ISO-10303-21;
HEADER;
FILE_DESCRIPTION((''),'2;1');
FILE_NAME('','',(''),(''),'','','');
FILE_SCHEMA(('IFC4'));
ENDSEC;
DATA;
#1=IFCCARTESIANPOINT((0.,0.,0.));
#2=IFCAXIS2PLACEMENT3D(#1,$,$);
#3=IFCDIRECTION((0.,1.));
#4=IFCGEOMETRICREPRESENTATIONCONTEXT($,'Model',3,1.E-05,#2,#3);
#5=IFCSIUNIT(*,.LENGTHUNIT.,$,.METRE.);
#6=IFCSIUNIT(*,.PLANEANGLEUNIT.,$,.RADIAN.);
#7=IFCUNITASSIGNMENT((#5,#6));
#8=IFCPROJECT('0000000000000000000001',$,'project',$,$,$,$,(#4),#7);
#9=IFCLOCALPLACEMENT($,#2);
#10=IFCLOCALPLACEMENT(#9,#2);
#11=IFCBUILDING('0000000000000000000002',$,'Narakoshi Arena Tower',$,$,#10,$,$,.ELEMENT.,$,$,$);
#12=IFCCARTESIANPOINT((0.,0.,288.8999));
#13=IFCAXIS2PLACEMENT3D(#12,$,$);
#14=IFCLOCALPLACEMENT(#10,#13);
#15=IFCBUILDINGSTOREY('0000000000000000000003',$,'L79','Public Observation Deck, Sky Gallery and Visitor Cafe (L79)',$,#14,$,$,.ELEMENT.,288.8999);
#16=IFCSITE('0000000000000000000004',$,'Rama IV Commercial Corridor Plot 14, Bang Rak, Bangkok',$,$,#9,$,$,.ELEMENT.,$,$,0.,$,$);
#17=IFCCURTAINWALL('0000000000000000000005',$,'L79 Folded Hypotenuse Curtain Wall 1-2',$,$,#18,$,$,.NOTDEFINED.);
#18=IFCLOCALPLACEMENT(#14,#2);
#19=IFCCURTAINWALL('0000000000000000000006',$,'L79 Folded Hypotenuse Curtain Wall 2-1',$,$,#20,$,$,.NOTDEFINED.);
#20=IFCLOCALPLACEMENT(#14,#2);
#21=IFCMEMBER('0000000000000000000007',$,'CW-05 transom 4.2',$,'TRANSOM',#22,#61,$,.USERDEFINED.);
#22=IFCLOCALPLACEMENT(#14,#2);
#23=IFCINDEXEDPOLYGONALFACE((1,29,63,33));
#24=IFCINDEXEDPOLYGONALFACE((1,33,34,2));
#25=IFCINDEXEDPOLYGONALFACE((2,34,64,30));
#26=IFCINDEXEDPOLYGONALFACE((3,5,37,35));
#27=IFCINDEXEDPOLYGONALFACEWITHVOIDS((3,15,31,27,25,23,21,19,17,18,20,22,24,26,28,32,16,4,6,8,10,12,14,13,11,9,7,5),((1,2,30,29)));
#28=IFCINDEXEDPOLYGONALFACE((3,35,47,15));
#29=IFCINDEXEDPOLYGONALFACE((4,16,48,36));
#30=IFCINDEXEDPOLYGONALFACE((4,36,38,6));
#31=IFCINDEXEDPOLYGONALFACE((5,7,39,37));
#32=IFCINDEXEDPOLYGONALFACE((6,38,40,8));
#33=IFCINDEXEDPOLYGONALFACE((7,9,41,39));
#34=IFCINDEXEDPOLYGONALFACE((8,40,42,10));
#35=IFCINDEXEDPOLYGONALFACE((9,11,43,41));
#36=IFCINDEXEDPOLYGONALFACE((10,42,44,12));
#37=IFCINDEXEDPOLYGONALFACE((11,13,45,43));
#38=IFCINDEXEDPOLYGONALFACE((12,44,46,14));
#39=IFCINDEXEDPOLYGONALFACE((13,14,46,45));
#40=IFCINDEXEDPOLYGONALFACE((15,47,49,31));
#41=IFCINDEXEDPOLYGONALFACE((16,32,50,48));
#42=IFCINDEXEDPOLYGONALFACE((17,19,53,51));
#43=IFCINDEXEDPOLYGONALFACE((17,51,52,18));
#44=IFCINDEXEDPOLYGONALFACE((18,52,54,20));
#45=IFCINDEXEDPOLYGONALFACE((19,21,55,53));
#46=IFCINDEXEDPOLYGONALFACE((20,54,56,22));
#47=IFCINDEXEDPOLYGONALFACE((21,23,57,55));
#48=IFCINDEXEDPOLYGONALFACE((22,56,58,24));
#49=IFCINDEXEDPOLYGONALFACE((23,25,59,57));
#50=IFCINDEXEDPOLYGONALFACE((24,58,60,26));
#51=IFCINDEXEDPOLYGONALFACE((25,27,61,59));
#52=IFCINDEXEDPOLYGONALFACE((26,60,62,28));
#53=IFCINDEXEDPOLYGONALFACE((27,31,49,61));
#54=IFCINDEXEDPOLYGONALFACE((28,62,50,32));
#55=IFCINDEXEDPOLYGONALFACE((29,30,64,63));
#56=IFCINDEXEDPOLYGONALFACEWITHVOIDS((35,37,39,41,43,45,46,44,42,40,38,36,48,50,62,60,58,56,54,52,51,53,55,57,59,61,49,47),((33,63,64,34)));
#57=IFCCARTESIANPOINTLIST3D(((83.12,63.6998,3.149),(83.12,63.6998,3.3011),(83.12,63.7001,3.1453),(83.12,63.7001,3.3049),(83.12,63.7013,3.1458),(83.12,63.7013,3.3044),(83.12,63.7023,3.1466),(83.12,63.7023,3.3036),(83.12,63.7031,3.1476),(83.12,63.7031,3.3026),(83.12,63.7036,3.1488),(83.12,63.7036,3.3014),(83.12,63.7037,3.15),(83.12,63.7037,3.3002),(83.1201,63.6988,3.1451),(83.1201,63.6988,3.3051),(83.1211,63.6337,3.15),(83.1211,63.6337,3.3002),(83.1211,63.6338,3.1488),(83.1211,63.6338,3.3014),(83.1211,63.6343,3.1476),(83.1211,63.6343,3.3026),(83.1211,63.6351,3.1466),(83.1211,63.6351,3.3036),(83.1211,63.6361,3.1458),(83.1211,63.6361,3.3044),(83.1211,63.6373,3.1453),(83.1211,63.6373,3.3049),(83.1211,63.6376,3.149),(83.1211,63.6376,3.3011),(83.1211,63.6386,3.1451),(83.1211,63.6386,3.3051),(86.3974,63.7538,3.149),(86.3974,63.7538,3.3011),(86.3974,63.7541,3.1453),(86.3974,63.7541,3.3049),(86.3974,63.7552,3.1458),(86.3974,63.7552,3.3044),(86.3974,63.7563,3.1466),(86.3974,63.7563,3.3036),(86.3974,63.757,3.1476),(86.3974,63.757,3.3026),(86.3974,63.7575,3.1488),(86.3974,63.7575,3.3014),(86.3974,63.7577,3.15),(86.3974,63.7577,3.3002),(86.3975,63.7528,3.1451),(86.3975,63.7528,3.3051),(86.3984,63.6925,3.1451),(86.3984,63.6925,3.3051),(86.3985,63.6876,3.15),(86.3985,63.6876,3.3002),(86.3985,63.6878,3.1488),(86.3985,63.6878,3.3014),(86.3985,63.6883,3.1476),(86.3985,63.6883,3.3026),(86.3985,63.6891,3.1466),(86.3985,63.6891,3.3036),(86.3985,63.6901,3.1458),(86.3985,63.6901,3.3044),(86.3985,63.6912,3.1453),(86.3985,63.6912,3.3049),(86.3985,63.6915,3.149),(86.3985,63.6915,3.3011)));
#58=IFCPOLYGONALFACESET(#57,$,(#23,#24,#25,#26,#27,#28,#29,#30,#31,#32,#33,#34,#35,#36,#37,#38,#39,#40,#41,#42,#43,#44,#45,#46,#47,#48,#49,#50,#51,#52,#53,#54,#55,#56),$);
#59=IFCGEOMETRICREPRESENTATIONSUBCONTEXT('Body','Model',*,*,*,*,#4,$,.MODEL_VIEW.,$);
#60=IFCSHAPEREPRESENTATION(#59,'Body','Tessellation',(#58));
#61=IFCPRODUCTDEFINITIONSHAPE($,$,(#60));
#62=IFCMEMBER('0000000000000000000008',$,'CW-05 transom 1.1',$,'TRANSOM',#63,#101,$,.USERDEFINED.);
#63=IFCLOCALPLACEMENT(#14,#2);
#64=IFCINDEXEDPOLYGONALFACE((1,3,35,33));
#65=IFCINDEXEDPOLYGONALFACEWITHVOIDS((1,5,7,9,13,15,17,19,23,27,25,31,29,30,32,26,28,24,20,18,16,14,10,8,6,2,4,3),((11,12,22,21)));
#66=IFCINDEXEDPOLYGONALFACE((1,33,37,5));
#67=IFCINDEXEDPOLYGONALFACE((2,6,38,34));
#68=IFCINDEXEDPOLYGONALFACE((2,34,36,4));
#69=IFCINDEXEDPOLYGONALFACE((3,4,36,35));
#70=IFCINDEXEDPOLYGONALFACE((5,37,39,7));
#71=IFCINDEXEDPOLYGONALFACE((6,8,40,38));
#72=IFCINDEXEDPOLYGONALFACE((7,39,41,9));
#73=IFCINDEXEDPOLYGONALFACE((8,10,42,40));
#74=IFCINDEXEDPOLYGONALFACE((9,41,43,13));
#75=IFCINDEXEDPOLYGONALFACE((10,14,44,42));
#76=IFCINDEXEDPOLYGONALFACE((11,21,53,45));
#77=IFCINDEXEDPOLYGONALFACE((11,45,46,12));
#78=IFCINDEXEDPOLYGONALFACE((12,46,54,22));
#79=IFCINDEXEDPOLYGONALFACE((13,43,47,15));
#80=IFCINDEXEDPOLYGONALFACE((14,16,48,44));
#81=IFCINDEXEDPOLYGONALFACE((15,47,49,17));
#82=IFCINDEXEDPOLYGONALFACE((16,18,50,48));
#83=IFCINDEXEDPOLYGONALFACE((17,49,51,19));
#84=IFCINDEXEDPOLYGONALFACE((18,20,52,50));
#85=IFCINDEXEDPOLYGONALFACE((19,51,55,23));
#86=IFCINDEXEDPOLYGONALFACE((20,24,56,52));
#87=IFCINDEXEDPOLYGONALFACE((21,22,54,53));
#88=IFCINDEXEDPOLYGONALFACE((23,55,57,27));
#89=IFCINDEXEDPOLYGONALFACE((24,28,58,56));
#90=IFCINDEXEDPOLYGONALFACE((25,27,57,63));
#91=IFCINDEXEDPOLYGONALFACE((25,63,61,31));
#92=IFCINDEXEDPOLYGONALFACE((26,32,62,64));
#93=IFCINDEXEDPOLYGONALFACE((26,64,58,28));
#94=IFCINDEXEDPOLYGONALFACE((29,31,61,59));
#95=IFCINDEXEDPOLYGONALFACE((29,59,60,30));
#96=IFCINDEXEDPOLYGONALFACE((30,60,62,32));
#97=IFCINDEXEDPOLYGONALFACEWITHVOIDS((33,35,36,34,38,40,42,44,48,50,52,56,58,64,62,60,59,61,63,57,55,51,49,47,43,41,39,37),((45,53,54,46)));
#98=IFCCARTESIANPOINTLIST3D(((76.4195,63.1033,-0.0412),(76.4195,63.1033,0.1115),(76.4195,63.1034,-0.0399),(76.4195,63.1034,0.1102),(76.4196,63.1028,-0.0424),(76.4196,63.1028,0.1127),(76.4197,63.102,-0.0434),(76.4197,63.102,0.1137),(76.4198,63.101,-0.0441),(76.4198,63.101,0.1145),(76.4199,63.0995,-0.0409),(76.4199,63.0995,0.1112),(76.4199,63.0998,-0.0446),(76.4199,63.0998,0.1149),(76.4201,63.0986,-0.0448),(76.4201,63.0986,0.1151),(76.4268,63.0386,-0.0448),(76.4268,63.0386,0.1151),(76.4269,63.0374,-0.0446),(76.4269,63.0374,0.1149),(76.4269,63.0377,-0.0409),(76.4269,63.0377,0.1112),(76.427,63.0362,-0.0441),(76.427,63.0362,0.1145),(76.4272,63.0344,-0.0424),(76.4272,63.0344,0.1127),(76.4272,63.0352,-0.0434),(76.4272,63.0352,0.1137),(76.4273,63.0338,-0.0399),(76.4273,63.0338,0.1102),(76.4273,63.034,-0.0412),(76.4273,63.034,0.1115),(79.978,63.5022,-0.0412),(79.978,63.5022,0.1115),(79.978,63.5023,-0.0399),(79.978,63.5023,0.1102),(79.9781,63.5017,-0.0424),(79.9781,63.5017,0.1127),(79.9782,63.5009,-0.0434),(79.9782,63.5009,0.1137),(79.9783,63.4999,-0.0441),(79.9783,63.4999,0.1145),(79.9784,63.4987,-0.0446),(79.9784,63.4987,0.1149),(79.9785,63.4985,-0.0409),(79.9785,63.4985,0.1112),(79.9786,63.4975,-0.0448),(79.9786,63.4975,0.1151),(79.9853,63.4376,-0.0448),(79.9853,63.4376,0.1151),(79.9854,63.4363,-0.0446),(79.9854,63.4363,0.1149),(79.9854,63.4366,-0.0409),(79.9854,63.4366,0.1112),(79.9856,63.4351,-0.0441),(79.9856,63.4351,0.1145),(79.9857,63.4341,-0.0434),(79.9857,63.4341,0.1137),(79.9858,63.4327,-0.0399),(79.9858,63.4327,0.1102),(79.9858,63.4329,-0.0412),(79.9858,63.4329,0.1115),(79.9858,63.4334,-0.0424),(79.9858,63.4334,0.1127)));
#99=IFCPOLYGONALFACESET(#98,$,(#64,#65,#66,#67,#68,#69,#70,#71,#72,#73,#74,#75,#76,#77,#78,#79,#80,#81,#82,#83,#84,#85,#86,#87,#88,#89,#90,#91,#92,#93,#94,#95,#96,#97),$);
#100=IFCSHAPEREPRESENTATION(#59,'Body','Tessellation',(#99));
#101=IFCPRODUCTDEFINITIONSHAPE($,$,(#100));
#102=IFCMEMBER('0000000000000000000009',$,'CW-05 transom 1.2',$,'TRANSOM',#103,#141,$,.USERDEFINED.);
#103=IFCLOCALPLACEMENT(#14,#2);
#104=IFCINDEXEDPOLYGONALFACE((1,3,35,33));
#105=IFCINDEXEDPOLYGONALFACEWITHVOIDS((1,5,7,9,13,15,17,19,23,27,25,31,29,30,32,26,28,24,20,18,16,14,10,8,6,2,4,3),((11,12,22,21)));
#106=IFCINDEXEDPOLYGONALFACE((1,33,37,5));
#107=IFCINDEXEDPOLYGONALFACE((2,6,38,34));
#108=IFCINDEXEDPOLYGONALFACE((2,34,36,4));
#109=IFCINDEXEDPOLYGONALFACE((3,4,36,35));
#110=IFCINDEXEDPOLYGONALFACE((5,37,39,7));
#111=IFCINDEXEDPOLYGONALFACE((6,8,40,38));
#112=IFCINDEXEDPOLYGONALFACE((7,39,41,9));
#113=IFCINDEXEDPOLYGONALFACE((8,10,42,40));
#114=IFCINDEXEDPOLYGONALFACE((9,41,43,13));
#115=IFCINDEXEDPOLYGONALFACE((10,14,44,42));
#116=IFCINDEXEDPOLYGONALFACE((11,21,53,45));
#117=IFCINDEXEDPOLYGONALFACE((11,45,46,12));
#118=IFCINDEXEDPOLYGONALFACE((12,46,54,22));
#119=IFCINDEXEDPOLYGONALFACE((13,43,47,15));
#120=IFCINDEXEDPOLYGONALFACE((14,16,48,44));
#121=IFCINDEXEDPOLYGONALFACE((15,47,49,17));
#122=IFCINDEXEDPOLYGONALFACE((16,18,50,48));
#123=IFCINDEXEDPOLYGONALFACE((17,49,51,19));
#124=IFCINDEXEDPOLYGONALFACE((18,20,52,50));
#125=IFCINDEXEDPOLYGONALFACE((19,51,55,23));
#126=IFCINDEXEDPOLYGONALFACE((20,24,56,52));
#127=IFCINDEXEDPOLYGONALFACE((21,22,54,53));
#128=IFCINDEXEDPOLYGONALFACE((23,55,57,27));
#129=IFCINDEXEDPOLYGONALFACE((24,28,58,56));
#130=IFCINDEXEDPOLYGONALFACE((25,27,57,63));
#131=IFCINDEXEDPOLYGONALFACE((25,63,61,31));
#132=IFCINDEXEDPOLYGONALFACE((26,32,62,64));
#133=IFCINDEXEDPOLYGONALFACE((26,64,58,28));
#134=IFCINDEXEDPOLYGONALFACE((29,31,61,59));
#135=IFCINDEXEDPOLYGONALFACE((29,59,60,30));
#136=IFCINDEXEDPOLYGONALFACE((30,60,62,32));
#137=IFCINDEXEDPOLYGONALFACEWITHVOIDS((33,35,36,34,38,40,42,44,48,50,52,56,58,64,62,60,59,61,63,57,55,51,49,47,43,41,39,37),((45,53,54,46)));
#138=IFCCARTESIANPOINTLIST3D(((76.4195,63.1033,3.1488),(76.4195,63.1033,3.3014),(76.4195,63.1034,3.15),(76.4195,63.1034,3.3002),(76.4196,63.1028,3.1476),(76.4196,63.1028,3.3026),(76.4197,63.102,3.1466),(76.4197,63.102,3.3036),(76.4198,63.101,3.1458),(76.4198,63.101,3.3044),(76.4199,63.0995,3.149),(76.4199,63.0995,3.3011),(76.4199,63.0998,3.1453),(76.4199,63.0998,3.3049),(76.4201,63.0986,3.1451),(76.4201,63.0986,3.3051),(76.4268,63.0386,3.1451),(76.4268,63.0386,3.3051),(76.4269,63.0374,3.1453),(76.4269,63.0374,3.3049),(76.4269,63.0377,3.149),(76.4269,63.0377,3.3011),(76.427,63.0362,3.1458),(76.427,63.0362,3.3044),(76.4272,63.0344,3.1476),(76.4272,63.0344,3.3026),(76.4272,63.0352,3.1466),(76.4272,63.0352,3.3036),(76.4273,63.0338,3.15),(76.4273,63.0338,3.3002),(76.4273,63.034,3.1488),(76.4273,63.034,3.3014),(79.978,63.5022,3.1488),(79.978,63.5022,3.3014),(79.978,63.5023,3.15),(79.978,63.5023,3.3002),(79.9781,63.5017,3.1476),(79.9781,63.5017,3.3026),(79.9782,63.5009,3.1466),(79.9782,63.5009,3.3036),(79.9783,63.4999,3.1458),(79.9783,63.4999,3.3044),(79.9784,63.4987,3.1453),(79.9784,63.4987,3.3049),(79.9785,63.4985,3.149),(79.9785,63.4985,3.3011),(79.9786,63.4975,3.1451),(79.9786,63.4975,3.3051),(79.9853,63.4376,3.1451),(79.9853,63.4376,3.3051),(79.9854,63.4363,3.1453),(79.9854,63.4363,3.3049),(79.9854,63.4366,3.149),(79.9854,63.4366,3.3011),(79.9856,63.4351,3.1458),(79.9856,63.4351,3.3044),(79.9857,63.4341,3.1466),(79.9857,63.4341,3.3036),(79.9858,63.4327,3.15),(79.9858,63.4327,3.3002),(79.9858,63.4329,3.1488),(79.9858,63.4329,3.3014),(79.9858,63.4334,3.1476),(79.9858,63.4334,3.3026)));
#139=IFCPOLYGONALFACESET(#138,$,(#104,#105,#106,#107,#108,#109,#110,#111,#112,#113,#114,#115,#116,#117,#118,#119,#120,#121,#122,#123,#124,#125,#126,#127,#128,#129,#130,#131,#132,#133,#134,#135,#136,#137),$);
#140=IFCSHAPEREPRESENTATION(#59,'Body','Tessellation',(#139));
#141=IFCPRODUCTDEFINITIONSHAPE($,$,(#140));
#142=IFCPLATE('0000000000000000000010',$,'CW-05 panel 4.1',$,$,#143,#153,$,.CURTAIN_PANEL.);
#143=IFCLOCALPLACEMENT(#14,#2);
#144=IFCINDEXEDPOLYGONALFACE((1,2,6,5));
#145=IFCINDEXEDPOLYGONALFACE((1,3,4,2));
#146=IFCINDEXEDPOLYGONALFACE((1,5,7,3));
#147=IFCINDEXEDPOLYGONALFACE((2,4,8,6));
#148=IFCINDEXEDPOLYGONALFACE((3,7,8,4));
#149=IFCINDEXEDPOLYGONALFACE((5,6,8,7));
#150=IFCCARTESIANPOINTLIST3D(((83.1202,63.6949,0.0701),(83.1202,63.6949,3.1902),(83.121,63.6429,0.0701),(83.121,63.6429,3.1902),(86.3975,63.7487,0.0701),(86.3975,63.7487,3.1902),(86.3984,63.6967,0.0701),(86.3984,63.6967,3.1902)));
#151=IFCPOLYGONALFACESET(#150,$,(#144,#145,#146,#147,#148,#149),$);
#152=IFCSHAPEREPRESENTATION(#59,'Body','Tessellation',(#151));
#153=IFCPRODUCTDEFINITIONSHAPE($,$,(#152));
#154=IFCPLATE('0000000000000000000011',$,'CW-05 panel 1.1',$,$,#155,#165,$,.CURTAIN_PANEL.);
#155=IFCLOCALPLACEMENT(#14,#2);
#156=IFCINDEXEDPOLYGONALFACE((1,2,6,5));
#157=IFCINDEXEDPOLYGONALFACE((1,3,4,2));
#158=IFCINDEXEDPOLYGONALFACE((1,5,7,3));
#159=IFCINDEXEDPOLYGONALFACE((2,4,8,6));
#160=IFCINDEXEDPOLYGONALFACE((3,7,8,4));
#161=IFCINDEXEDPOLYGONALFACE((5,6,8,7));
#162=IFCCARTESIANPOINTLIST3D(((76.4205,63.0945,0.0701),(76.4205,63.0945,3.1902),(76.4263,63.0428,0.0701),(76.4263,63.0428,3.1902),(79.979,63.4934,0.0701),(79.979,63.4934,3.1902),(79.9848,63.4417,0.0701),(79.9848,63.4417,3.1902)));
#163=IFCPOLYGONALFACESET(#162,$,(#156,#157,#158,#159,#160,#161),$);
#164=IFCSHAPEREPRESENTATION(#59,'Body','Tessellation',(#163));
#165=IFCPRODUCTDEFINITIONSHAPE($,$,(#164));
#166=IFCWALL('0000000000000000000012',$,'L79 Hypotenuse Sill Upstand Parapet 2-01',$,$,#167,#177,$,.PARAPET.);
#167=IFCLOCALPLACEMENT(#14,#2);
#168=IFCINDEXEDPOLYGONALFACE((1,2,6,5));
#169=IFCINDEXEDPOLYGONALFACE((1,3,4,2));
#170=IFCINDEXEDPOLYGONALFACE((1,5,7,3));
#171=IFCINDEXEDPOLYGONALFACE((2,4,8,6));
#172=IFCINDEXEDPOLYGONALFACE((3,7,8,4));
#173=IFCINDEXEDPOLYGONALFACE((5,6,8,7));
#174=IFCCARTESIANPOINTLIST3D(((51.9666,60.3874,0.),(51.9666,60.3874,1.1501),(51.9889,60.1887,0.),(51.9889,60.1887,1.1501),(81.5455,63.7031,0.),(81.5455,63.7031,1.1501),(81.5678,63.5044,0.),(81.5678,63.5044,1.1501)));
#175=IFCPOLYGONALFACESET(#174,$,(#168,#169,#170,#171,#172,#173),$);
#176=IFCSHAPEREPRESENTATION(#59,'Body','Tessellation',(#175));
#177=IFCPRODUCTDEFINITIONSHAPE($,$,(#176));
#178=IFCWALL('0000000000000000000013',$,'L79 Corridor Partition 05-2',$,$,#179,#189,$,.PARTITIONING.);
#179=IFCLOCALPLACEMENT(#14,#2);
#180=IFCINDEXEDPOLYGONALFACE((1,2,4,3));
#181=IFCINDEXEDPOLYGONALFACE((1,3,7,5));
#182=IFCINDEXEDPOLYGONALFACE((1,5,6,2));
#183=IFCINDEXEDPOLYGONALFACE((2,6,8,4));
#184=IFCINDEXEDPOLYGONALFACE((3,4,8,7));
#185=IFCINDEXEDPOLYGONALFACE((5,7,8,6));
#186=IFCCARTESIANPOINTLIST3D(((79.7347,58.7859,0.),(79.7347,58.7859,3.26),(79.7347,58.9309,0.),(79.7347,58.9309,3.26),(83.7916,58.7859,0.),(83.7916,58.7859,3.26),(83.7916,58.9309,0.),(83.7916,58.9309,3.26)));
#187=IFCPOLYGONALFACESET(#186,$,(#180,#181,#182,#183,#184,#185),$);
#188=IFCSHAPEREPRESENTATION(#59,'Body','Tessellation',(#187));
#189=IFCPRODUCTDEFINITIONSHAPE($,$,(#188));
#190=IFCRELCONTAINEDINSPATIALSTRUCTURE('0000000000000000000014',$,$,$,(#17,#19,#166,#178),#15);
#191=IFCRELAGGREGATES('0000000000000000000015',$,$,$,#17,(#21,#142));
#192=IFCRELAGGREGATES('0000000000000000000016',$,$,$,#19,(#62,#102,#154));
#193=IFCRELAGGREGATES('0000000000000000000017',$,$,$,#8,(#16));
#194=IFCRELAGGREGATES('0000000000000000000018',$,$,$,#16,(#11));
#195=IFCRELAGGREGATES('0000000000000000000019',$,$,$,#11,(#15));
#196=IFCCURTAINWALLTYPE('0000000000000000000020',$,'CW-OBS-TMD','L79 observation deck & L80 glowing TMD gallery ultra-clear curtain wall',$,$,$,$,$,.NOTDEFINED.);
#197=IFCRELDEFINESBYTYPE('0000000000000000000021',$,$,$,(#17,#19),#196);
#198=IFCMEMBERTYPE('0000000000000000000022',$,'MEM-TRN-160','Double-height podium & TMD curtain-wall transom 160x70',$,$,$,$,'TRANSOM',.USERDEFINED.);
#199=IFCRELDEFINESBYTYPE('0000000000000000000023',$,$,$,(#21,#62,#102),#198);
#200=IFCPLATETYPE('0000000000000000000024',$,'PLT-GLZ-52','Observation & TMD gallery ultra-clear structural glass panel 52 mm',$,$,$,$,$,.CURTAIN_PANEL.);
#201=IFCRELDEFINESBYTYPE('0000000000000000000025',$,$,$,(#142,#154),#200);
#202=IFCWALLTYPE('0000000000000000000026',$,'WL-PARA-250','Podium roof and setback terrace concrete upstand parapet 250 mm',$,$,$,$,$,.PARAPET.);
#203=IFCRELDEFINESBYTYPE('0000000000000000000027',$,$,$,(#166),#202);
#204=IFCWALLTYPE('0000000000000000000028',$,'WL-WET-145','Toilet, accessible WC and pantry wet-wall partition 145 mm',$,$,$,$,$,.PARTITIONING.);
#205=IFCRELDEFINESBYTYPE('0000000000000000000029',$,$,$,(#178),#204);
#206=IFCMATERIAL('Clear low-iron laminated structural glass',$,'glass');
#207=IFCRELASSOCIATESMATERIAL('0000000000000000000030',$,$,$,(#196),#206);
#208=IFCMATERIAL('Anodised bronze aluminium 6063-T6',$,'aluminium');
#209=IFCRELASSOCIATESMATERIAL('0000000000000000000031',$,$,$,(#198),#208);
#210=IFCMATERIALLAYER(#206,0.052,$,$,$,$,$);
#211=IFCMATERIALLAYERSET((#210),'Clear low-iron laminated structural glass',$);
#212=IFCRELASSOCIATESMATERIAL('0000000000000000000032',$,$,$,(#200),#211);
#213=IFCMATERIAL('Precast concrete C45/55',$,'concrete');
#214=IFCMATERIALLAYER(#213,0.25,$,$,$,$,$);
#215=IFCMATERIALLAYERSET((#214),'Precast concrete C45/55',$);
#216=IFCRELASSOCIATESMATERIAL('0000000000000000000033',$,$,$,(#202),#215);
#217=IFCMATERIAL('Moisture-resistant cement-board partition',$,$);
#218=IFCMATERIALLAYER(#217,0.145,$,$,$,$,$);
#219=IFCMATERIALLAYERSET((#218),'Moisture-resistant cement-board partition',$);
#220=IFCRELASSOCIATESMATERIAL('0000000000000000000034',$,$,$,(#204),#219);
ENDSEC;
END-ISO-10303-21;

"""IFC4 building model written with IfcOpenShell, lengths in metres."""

from ifc_helpers import new_model, si_unit, direction, frame, frame_2d, origin, origin_2d, place, context, subcontext, project, spatial, rectangle, hollow_rectangle, extrude, material, layer, layer_set, material_profile, profile_set, type_object, element, aggregate, save


model = new_model("IFC4")

# Units and contexts
model_context = context("Model", 3, precision=1e-05, world=origin(), true_north=direction((0.0, 1.0)))
body_context = subcontext(model_context, "Body", "Model", "MODEL_VIEW")
ifc_project = project(units=[si_unit("LENGTHUNIT", "METRE"), si_unit("PLANEANGLEUNIT", "RADIAN")], contexts=[model_context])

# Site, building, storey
site_placement = place(None, origin())
site = spatial("IfcSite", under=ifc_project, at=site_placement, Name="Rama IV Commercial Corridor Plot 14, Bang Rak, Bangkok", CompositionType="ELEMENT", RefElevation=0.0)
building_placement = place(site_placement, origin())
building = spatial("IfcBuilding", under=site, at=building_placement, Name="Narakoshi Arena Tower", CompositionType="ELEMENT")
storey_placement = place(building_placement, frame((0.0, 0.0, 288.8999)))
storey = spatial("IfcBuildingStorey", under=building, at=storey_placement, Name="L79", Description="Public Observation Deck, Sky Gallery and Visitor Cafe (L79)", CompositionType="ELEMENT", Elevation=288.8999)

# Curtain wall
ifc_material_1 = material(Name="Clear low-iron laminated structural glass", Category="glass")
curtain_wall_type = type_object("IfcCurtainWallType", Name="CW-OBS-TMD", Description="L79 observation deck & L80 glowing TMD gallery ultra-clear curtain wall", PredefinedType="NOTDEFINED", material=ifc_material_1)
curtain_wall_1_placement = place(storey_placement, origin())
curtain_wall_1 = element("IfcCurtainWall", 1, at=curtain_wall_1_placement, inside=storey, type_object=curtain_wall_type, Name="L79 Folded Hypotenuse Curtain Wall 1-2", PredefinedType="NOTDEFINED")
ifc_material_2 = material(Name="Anodised bronze aluminium 6063-T6", Category="aluminium")

# Curtain wall
curtain_wall_2_placement = place(storey_placement, origin())
curtain_wall_2 = element("IfcCurtainWall", 2, at=curtain_wall_2_placement, inside=storey, type_object=curtain_wall_type, Name="L79 Folded Hypotenuse Curtain Wall 2-1", PredefinedType="NOTDEFINED")

# Members
ifc_material_profile_1 = material_profile(ifc_material_2, hollow_rectangle(XDim=0.0701, YDim=0.1599, WallThickness=0.0039, OuterFilletRadius=0.0049, at=origin_2d()), Name="TRN160x70x4")
ifc_profile_set_1 = profile_set([ifc_material_profile_1], Name="Anodised bronze aluminium 6063-T6")
member_type_1 = type_object("IfcMemberType", Name="MEM-TRN-160", Description="Double-height podium & TMD curtain-wall transom 160x70", ElementType="TRANSOM", PredefinedType="USERDEFINED", material=ifc_profile_set_1)
member_1_placement = place(storey_placement, frame((86.3979, 63.7227, 3.2251), z_axis=(-0.999865, -0.016461, 0.0), x_axis=(0.016461, -0.999865, 0.0)))
member_1 = element("IfcMember", 3, at=member_1_placement, type_object=member_type_1, Name="CW-05 transom 4.2", ObjectType="TRANSOM", PredefinedType="USERDEFINED", context=body_context, shape_type="SweptSolid", body=[
    extrude(hollow_rectangle(XDim=0.0701, YDim=0.1599, WallThickness=0.0039, OuterFilletRadius=0.0049, at=origin_2d()), origin(), (0.0, 0.0, 1.0), 3.2778),
])
member_2_placement = place(storey_placement, frame((79.9819, 63.4675, 0.0352), z_axis=(-0.993775, -0.111404, 0.0), x_axis=(0.111404, -0.993775, 0.0)))
member_2 = element("IfcMember", 4, at=member_2_placement, type_object=member_type_1, Name="CW-05 transom 1.1", ObjectType="TRANSOM", PredefinedType="USERDEFINED", context=body_context, shape_type="SweptSolid", body=[
    extrude(hollow_rectangle(XDim=0.0701, YDim=0.1599, WallThickness=0.0039, OuterFilletRadius=0.0049, at=origin_2d()), origin(), (0.0, 0.0, 1.0), 3.5808),
])
member_3_placement = place(storey_placement, frame((79.9819, 63.4675, 3.2251), z_axis=(-0.993775, -0.111404, 0.0), x_axis=(0.111404, -0.993775, 0.0)))
member_3 = element("IfcMember", 5, at=member_3_placement, type_object=member_type_1, Name="CW-05 transom 1.2", ObjectType="TRANSOM", PredefinedType="USERDEFINED", context=body_context, shape_type="SweptSolid", body=[
    extrude(hollow_rectangle(XDim=0.0701, YDim=0.1599, WallThickness=0.0039, OuterFilletRadius=0.0049, at=origin_2d()), origin(), (0.0, 0.0, 1.0), 3.5808),
])

# Plates
ifc_layer_1 = layer(ifc_material_1, 0.052)
ifc_layer_set_1 = layer_set([ifc_layer_1], Name="Clear low-iron laminated structural glass")
plate_type = type_object("IfcPlateType", Name="PLT-GLZ-52", Description="Observation & TMD gallery ultra-clear structural glass panel 52 mm", PredefinedType="CURTAIN_PANEL", material=ifc_layer_set_1)
plate_1_placement = place(storey_placement, frame((84.7593, 63.6958, 0.0701), z_axis=(0.0, 0.0, 1.0), x_axis=(-0.999865, -0.016437, 0.0)))
plate_1 = element("IfcPlate", 6, at=plate_1_placement, type_object=plate_type, Name="CW-05 panel 4.1", PredefinedType="CURTAIN_PANEL", context=body_context, shape_type="SweptSolid", body=[
    extrude(rectangle(XDim=3.2778, YDim=0.052, at=origin_2d()), origin(), (0.0, 0.0, 1.0), 3.1201),
])
aggregate(curtain_wall_1, [member_1, plate_1])
plate_2_placement = place(storey_placement, frame((78.2026, 63.2681, 0.0701), z_axis=(0.0, 0.0, 1.0), x_axis=(-0.993776, -0.111397, 0.0)))
plate_2 = element("IfcPlate", 7, at=plate_2_placement, type_object=plate_type, Name="CW-05 panel 1.1", PredefinedType="CURTAIN_PANEL", context=body_context, shape_type="SweptSolid", body=[
    extrude(rectangle(XDim=3.5808, YDim=0.052, at=origin_2d()), origin(), (0.0, 0.0, 1.0), 3.1201),
])
aggregate(curtain_wall_2, [member_2, member_3, plate_2])

# Walls
ifc_material_3 = material(Name="Precast concrete C45/55", Category="concrete")
ifc_layer_2 = layer(ifc_material_3, 0.25)
ifc_layer_set_2 = layer_set([ifc_layer_2], Name="Precast concrete C45/55")
wall_type_1 = type_object("IfcWallType", Name="WL-PARA-250", Description="Podium roof and setback terrace concrete upstand parapet 250 mm", PredefinedType="PARAPET", material=ifc_layer_set_2)
wall_1_placement = place(storey_placement, frame((81.5566, 63.6038, 0.0), z_axis=(0.0, 0.0, 1.0), x_axis=(-0.993776, -0.111398, 0.0)))
element("IfcWall", 8, at=wall_1_placement, inside=storey, type_object=wall_type_1, Name="L79 Hypotenuse Sill Upstand Parapet 2-01", PredefinedType="PARAPET", context=body_context, shape_type="SweptSolid", body=[
    extrude(rectangle(XDim=29.7642, YDim=0.2, at=frame_2d((14.8821, 0.0))), origin(), (0.0, 0.0, 1.0), 1.1501),
])
ifc_material_4 = material(Name="Moisture-resistant cement-board partition")
ifc_layer_3 = layer(ifc_material_4, 0.145)
ifc_layer_set_3 = layer_set([ifc_layer_3], Name="Moisture-resistant cement-board partition")
wall_type_2 = type_object("IfcWallType", Name="WL-WET-145", Description="Toilet, accessible WC and pantry wet-wall partition 145 mm", PredefinedType="PARTITIONING", material=ifc_layer_set_3)
wall_2_placement = place(storey_placement, frame((83.7915, 58.8584, 0.0), z_axis=(0.0, 0.0, 1.0), x_axis=(-1.0, 0.0, 0.0)))
element("IfcWall", 9, at=wall_2_placement, inside=storey, type_object=wall_type_2, Name="L79 Corridor Partition 05-2", PredefinedType="PARTITIONING", context=body_context, shape_type="SweptSolid", body=[
    extrude(rectangle(XDim=4.0569, YDim=0.145, at=frame_2d((2.0283, 0.0))), origin(), (0.0, 0.0, 1.0), 3.26),
])

save(model, "model.ifc")
